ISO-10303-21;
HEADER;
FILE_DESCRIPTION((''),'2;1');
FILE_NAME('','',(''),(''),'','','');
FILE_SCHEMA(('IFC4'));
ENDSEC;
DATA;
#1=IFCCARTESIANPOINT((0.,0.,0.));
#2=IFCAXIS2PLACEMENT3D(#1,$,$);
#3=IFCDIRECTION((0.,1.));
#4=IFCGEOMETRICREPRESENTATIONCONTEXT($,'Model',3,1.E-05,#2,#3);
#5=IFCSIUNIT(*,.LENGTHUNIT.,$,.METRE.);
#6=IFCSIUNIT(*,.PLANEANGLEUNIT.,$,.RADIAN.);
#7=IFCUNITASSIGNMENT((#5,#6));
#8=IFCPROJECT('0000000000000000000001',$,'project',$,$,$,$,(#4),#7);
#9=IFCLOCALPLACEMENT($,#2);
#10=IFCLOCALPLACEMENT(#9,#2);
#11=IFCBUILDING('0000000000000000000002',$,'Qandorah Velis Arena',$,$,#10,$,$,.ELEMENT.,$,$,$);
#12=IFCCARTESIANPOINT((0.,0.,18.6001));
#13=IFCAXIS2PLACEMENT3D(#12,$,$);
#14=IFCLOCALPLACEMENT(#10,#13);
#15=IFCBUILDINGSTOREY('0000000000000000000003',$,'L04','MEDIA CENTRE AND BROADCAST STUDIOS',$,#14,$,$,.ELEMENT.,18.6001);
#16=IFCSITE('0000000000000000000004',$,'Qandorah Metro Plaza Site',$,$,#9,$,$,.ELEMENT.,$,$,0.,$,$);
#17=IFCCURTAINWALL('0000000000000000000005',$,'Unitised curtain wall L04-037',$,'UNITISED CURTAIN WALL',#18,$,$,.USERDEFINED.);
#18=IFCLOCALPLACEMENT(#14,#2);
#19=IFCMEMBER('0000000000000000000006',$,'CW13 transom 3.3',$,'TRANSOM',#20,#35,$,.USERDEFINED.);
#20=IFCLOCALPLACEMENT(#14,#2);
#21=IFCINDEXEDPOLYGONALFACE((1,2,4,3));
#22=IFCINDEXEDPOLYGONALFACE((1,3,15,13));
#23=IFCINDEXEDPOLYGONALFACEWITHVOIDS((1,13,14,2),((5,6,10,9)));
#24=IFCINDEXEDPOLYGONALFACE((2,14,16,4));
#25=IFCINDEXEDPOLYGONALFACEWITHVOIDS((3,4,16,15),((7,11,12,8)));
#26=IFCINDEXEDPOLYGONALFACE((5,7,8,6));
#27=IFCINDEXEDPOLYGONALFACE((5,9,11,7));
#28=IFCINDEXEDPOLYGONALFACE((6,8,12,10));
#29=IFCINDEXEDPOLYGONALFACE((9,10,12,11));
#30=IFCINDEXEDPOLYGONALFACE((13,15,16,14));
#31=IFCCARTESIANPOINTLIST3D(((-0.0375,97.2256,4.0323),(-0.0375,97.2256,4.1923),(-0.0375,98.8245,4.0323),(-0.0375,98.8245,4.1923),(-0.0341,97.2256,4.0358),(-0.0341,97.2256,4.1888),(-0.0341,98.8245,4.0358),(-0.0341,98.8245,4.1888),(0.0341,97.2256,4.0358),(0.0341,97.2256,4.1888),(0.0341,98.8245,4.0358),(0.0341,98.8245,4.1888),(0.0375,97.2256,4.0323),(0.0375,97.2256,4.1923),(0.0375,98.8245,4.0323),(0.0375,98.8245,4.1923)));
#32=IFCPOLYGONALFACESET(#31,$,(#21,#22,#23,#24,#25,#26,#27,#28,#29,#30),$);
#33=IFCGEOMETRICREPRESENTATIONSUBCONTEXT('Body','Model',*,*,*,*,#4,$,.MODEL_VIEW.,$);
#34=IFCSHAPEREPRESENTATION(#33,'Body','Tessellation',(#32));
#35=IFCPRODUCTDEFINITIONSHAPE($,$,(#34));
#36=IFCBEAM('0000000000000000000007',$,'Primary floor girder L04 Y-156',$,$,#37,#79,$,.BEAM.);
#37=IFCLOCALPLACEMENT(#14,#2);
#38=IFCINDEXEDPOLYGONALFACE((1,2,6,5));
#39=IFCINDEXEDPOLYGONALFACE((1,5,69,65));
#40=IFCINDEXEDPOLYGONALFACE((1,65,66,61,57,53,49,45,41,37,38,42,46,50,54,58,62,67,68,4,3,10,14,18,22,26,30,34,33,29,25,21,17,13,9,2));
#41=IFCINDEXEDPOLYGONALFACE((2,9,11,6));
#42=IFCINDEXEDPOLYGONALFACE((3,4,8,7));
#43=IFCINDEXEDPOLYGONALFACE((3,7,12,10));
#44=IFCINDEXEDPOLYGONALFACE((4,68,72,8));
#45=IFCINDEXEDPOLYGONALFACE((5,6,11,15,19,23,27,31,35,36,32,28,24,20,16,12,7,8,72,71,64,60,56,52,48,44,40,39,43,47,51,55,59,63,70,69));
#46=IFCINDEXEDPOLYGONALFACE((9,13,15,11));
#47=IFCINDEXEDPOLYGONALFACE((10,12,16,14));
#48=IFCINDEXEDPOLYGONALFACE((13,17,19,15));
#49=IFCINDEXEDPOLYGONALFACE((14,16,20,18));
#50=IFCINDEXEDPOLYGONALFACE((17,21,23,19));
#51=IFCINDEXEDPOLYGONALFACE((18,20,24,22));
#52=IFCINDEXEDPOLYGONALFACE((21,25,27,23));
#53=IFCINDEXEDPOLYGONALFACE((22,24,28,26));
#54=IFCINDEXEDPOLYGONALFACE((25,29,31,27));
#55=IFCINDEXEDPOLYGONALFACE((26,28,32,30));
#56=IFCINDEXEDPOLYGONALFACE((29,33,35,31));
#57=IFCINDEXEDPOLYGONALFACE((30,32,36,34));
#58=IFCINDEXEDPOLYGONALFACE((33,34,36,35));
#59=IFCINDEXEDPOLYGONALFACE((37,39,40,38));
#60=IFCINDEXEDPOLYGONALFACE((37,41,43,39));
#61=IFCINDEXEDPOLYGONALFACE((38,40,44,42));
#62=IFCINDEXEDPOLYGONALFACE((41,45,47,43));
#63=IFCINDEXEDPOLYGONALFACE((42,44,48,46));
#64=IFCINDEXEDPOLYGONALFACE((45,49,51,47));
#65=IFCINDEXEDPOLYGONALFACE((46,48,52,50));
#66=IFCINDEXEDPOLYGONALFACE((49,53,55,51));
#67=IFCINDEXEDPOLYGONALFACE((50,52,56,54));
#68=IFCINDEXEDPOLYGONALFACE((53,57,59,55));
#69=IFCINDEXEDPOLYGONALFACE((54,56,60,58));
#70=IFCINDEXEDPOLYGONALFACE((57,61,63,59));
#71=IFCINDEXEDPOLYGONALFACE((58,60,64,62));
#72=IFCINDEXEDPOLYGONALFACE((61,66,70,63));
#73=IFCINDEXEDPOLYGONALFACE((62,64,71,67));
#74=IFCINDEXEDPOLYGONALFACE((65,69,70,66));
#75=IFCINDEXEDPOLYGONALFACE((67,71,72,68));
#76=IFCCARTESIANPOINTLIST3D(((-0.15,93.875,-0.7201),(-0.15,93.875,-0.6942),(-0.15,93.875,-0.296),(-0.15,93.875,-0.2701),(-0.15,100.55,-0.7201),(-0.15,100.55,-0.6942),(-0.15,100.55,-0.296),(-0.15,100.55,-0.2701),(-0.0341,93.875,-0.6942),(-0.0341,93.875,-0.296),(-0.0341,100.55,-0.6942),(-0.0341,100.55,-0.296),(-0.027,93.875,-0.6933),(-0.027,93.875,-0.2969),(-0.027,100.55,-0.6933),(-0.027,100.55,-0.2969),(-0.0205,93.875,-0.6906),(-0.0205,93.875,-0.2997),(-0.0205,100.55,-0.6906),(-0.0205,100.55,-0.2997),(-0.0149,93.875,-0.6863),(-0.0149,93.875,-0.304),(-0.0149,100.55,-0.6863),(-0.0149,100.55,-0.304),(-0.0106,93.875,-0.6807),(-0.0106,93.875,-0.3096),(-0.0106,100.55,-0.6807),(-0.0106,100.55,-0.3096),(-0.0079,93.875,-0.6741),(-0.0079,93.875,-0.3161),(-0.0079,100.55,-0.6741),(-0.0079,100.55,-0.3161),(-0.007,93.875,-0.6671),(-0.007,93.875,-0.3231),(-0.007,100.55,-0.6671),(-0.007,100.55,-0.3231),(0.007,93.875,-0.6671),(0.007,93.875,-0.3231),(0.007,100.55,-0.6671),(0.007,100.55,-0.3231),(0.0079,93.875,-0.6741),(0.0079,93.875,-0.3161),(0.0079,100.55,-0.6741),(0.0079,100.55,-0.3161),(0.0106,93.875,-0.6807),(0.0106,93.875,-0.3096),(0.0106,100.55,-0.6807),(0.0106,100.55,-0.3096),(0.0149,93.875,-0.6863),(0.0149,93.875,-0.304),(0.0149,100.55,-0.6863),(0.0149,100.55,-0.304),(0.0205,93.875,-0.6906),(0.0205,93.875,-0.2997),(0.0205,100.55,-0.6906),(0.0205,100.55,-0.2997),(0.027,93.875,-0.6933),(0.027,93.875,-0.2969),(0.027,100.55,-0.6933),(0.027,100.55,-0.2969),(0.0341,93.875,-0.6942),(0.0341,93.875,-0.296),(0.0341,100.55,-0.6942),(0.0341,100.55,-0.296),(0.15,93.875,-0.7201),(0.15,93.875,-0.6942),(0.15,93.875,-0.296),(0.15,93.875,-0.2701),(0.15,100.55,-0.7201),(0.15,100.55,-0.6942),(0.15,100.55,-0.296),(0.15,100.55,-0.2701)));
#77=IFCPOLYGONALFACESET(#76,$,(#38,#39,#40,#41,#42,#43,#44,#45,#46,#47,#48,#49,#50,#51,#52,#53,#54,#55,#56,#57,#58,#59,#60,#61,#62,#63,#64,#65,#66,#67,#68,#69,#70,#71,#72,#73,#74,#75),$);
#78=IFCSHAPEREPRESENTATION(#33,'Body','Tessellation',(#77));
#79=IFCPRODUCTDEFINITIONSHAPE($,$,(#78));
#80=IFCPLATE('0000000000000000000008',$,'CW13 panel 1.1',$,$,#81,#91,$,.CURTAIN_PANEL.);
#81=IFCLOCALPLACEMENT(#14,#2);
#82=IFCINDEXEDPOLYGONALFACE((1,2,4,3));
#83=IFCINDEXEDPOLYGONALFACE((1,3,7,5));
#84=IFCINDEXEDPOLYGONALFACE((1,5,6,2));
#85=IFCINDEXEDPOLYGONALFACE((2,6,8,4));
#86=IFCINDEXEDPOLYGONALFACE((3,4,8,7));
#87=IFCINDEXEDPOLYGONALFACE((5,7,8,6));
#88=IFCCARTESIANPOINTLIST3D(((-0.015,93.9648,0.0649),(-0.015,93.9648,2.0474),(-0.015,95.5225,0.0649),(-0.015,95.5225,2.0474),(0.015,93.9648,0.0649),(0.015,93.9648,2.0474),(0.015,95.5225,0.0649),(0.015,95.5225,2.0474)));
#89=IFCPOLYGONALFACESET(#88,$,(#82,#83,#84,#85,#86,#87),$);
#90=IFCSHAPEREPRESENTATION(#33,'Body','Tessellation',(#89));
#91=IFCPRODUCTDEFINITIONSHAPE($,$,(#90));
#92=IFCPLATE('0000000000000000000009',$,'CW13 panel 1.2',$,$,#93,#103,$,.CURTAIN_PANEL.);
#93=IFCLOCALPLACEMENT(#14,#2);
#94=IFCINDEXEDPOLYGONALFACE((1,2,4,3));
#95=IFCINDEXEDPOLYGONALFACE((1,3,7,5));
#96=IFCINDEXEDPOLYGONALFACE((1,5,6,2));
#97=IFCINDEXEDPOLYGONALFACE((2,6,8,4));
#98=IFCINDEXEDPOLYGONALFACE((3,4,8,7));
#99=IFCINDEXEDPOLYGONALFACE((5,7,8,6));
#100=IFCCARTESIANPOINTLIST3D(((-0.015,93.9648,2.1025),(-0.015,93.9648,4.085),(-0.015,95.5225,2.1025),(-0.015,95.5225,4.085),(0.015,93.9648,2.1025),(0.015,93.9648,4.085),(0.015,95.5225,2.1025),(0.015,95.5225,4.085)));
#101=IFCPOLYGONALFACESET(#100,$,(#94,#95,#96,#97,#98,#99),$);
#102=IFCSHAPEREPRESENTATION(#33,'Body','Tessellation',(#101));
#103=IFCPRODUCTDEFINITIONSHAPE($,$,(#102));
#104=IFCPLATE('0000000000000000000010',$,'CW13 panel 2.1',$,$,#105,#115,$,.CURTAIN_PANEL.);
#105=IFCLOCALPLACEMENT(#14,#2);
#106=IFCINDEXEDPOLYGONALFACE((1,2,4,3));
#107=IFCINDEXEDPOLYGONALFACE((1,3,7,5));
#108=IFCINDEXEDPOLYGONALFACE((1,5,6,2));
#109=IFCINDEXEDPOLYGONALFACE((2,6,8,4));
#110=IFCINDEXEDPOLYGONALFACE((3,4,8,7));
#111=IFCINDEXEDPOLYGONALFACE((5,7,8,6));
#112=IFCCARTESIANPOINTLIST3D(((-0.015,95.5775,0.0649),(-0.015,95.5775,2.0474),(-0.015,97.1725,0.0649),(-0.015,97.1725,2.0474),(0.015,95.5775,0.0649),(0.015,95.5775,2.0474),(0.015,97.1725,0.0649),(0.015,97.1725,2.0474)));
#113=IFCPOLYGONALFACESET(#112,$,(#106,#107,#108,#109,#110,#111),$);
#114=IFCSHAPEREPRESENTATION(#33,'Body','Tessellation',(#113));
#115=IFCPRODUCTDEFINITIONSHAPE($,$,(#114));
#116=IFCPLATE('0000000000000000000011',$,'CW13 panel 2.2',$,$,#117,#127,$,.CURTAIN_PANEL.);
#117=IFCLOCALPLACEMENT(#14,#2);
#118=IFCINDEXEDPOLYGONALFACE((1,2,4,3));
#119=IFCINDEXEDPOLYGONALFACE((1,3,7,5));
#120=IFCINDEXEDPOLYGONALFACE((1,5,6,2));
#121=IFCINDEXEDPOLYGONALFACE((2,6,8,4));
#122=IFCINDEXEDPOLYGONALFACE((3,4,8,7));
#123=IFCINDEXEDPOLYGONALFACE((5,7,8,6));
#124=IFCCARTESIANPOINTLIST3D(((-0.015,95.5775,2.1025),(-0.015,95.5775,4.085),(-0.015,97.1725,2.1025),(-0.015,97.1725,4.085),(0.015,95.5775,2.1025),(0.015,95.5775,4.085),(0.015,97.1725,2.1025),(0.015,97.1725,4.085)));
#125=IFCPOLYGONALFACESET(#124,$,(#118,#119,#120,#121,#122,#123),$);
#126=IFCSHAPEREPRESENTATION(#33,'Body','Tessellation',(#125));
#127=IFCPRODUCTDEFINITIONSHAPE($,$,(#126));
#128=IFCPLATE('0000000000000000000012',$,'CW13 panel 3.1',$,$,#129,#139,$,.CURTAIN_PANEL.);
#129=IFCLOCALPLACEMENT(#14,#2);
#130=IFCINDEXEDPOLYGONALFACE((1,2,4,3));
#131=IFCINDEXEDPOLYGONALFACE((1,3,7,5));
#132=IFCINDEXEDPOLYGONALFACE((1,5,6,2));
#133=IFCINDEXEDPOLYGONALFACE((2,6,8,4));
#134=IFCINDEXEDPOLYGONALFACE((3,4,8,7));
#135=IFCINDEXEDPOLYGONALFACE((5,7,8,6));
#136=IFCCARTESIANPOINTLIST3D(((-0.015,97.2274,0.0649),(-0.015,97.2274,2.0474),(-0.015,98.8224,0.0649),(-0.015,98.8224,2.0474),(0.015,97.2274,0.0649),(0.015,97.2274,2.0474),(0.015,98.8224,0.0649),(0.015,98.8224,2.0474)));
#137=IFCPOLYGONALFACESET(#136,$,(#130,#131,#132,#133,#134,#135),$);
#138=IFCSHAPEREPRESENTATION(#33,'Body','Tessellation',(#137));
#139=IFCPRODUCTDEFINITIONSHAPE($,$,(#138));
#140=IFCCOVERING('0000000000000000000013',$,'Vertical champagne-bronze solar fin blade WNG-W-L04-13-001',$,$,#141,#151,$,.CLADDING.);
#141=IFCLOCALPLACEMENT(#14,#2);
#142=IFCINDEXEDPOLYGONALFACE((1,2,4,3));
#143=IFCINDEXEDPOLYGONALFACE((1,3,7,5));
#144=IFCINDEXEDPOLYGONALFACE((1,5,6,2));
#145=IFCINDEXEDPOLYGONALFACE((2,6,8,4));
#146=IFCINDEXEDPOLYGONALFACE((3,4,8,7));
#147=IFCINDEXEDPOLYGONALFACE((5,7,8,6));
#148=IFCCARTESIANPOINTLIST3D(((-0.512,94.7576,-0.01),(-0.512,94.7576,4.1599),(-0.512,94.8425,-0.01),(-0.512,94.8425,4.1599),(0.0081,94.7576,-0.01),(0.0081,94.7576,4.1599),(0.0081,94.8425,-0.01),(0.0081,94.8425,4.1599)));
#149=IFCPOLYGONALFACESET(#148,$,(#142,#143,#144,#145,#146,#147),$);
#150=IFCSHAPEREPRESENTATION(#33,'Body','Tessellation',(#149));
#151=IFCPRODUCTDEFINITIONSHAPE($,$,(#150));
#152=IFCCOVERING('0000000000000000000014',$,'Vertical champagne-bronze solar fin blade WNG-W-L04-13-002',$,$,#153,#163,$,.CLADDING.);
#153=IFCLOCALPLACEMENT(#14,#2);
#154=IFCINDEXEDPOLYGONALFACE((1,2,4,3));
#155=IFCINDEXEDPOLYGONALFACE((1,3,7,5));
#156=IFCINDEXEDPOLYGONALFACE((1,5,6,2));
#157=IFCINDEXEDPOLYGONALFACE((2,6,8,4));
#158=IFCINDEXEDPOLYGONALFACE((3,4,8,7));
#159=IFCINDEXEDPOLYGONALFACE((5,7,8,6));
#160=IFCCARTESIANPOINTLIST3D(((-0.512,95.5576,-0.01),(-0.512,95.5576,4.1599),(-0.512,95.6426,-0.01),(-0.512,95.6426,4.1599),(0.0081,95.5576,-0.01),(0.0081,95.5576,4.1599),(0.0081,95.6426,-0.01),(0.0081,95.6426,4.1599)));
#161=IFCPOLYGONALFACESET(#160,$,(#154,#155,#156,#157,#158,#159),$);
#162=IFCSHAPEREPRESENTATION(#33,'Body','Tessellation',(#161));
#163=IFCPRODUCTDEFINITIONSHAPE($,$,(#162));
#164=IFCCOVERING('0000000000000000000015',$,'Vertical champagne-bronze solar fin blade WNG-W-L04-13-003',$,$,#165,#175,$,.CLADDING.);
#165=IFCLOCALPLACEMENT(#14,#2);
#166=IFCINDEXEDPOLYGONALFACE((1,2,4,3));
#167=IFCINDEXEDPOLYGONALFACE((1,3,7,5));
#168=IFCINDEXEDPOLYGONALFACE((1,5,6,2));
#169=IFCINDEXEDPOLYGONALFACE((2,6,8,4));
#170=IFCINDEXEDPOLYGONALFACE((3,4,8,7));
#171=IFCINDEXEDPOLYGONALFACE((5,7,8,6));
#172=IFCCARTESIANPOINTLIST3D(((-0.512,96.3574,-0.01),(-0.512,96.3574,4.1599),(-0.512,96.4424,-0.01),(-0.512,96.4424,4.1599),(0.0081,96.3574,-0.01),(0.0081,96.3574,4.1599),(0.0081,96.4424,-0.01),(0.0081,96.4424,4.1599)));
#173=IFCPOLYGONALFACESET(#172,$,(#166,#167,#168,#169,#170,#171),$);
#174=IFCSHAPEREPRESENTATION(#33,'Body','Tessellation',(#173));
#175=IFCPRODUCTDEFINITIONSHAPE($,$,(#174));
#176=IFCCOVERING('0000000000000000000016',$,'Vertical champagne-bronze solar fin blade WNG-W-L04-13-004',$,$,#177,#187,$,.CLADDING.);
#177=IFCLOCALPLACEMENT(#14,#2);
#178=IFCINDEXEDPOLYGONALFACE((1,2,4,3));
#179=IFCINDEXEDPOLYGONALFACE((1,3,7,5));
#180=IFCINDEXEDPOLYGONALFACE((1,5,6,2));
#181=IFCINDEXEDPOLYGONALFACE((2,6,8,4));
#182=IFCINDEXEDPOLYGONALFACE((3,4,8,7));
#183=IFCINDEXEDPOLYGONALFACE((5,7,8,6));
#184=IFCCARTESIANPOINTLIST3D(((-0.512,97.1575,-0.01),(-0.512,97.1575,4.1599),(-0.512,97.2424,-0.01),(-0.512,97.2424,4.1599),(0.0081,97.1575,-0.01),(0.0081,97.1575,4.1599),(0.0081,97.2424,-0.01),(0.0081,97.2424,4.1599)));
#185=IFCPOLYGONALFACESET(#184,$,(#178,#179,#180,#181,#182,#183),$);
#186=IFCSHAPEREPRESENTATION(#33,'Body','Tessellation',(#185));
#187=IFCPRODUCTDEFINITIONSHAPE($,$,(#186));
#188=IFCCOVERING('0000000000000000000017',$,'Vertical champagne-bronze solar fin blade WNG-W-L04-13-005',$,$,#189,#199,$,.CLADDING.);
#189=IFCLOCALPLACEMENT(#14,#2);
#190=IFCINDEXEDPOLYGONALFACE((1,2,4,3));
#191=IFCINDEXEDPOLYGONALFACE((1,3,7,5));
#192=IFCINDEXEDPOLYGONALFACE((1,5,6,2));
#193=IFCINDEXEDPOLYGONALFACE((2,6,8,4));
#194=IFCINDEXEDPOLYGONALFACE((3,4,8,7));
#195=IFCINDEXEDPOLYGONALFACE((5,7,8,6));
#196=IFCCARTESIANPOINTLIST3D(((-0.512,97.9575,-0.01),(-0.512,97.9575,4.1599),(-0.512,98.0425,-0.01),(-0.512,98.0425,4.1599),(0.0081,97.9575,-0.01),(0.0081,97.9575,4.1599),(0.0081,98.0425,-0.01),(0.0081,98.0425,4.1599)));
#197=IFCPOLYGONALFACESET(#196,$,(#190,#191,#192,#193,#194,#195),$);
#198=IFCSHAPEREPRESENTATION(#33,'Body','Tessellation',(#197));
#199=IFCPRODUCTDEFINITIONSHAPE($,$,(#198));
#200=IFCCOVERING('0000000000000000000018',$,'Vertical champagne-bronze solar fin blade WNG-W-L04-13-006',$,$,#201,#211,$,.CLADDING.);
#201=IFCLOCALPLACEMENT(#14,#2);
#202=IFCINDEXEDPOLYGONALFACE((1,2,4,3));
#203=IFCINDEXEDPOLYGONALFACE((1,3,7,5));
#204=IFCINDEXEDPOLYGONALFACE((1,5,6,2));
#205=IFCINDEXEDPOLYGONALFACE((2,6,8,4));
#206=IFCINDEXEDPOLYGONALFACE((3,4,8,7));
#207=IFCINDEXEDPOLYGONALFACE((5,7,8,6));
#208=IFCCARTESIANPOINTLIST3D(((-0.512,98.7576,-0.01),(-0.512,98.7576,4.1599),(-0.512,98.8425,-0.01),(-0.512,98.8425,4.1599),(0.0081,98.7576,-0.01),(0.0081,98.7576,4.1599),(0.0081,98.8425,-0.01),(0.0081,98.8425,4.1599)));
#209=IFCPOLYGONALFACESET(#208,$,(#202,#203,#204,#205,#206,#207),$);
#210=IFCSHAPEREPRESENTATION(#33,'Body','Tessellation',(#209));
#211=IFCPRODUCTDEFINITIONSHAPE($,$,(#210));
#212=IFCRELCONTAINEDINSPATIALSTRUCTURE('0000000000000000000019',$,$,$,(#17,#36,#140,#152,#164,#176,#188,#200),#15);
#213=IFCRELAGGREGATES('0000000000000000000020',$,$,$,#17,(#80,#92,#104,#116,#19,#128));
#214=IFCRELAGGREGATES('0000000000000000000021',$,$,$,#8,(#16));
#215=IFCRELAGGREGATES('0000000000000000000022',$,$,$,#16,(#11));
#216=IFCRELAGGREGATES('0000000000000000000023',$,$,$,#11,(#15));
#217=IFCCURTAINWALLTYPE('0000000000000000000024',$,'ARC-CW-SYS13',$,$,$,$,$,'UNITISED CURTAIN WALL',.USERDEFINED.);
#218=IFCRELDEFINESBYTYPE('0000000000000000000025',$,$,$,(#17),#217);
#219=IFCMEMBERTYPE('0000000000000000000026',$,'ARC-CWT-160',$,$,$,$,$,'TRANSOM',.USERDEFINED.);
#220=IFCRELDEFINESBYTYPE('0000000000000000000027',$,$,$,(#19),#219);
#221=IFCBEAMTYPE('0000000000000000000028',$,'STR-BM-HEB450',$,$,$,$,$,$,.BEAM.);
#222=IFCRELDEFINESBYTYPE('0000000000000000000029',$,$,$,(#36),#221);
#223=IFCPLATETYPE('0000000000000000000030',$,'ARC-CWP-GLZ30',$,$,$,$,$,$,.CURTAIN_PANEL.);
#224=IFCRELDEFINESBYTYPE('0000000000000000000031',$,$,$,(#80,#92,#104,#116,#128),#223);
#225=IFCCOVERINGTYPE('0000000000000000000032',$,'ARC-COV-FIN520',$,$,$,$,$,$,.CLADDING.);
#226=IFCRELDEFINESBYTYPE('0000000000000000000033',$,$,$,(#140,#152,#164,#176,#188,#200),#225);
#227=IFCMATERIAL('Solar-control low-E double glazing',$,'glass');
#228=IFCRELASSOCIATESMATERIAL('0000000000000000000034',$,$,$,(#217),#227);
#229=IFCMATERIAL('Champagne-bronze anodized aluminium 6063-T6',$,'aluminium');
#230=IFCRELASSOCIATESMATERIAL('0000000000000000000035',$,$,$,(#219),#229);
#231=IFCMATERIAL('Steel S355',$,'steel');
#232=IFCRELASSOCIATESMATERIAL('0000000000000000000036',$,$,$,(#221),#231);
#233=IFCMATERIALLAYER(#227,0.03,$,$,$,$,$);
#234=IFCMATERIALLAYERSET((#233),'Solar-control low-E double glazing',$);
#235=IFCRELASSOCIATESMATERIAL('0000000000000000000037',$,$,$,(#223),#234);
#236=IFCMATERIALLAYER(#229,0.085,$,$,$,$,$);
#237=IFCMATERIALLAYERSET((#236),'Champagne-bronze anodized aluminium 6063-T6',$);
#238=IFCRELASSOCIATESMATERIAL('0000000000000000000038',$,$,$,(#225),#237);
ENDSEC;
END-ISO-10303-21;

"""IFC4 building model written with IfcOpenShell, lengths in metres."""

from ifc_helpers import new_model, si_unit, direction, frame, origin, origin_2d, place, context, subcontext, project, spatial, rectangle, hollow_rectangle, i_section, extrude, material, layer, layer_set, material_profile, profile_set, type_object, element, aggregate, save


model = new_model("IFC4")

# Units and contexts
model_context = context("Model", 3, precision=1e-05, world=origin(), true_north=direction((0.0, 1.0)))
body_context = subcontext(model_context, "Body", "Model", "MODEL_VIEW")
ifc_project = project(units=[si_unit("LENGTHUNIT", "METRE"), si_unit("PLANEANGLEUNIT", "RADIAN")], contexts=[model_context])

# Site, building, storey
site_placement = place(None, origin())
site = spatial("IfcSite", under=ifc_project, at=site_placement, Name="Qandorah Metro Plaza Site", CompositionType="ELEMENT", RefElevation=0.0)
building_placement = place(site_placement, origin())
building = spatial("IfcBuilding", under=site, at=building_placement, Name="Qandorah Velis Arena", CompositionType="ELEMENT")
storey_placement = place(building_placement, frame((0.0, 0.0, 18.6001)))
storey = spatial("IfcBuildingStorey", under=building, at=storey_placement, Name="L04", Description="MEDIA CENTRE AND BROADCAST STUDIOS", CompositionType="ELEMENT", Elevation=18.6001)

# Curtain wall, member
ifc_material_1 = material(Name="Solar-control low-E double glazing", Category="glass")
curtain_wall_type = type_object("IfcCurtainWallType", Name="ARC-CW-SYS13", ElementType="UNITISED CURTAIN WALL", PredefinedType="USERDEFINED", material=ifc_material_1)
curtain_wall_placement = place(storey_placement, origin())
curtain_wall = element("IfcCurtainWall", 1, at=curtain_wall_placement, inside=storey, type_object=curtain_wall_type, Name="Unitised curtain wall L04-037", ObjectType="UNITISED CURTAIN WALL", PredefinedType="USERDEFINED")
ifc_material_2 = material(Name="Champagne-bronze anodized aluminium 6063-T6", Category="aluminium")
ifc_material_profile_1 = material_profile(ifc_material_2, hollow_rectangle(XDim=0.075, YDim=0.1599, WallThickness=0.0034, at=origin_2d()), Name="ALU TRANSOM 75x160")
ifc_profile_set_1 = profile_set([ifc_material_profile_1], Name="Champagne-bronze anodized aluminium 6063-T6")
member_type_1 = type_object("IfcMemberType", Name="ARC-CWT-160", ElementType="TRANSOM", PredefinedType="USERDEFINED", material=ifc_profile_set_1)
member_1_placement = place(storey_placement, frame((0.0, 97.2256, 4.1123), z_axis=(0.0, 1.0, 0.0), x_axis=(-1.0, 0.0, 0.0)))
member_1 = element("IfcMember", 2, at=member_1_placement, type_object=member_type_1, Name="CW13 transom 3.3", ObjectType="TRANSOM", PredefinedType="USERDEFINED", context=body_context, shape_type="SweptSolid", body=[
    extrude(hollow_rectangle(XDim=0.075, YDim=0.1599, WallThickness=0.0034, at=origin_2d()), origin(), (0.0, 0.0, 1.0), 1.5989),
])

# Beam
ifc_material_3 = material(Name="Steel S355", Category="steel")
ifc_material_profile_2 = material_profile(ifc_material_3, i_section(OverallWidth=0.3, OverallDepth=0.45, WebThickness=0.0139, FlangeThickness=0.0259, FilletRadius=0.0271, at=origin_2d()), Name="HEB 450")
ifc_profile_set_2 = profile_set([ifc_material_profile_2], Name="Steel S355")
beam_type = type_object("IfcBeamType", Name="STR-BM-HEB450", PredefinedType="BEAM", material=ifc_profile_set_2)
beam_placement = place(storey_placement, frame((0.0, 93.875, -0.4951), z_axis=(0.0, 1.0, 0.0), x_axis=(-1.0, 0.0, 0.0)))
element("IfcBeam", 3, at=beam_placement, inside=storey, type_object=beam_type, Name="Primary floor girder L04 Y-156", PredefinedType="BEAM", context=body_context, shape_type="SweptSolid", body=[
    extrude(i_section(OverallWidth=0.3, OverallDepth=0.45, WebThickness=0.0139, FlangeThickness=0.0259, FilletRadius=0.0271, at=origin_2d()), origin(), (0.0, 0.0, 1.0), 6.675),
])

# Plates
ifc_layer_1 = layer(ifc_material_1, 0.03)
ifc_layer_set_1 = layer_set([ifc_layer_1], Name="Solar-control low-E double glazing")
plate_type = type_object("IfcPlateType", Name="ARC-CWP-GLZ30", PredefinedType="CURTAIN_PANEL", material=ifc_layer_set_1)
plate_1_placement = place(storey_placement, frame((0.0, 94.7437, 0.0649), z_axis=(0.0, 0.0, 1.0), x_axis=(0.0, 1.0, 0.0)))
plate_1 = element("IfcPlate", 4, at=plate_1_placement, type_object=plate_type, Name="CW13 panel 1.1", PredefinedType="CURTAIN_PANEL", context=body_context, shape_type="SweptSolid", body=[
    extrude(rectangle(XDim=1.5576, YDim=0.03, at=origin_2d()), origin(), (0.0, 0.0, 1.0), 1.9824),
])
plate_2_placement = place(storey_placement, frame((0.0, 94.7437, 2.1025), z_axis=(0.0, 0.0, 1.0), x_axis=(0.0, 1.0, 0.0)))
plate_2 = element("IfcPlate", 5, at=plate_2_placement, type_object=plate_type, Name="CW13 panel 1.2", PredefinedType="CURTAIN_PANEL", context=body_context, shape_type="SweptSolid", body=[
    extrude(rectangle(XDim=1.5576, YDim=0.03, at=origin_2d()), origin(), (0.0, 0.0, 1.0), 1.9824),
])
plate_3_placement = place(storey_placement, frame((0.0, 96.375, 0.0649), z_axis=(0.0, 0.0, 1.0), x_axis=(0.0, 1.0, 0.0)))
plate_3 = element("IfcPlate", 6, at=plate_3_placement, type_object=plate_type, Name="CW13 panel 2.1", PredefinedType="CURTAIN_PANEL", context=body_context, shape_type="SweptSolid", body=[
    extrude(rectangle(XDim=1.595, YDim=0.03, at=origin_2d()), origin(), (0.0, 0.0, 1.0), 1.9824),
])
plate_4_placement = place(storey_placement, frame((0.0, 96.375, 2.1025), z_axis=(0.0, 0.0, 1.0), x_axis=(0.0, 1.0, 0.0)))
plate_4 = element("IfcPlate", 7, at=plate_4_placement, type_object=plate_type, Name="CW13 panel 2.2", PredefinedType="CURTAIN_PANEL", context=body_context, shape_type="SweptSolid", body=[
    extrude(rectangle(XDim=1.595, YDim=0.03, at=origin_2d()), origin(), (0.0, 0.0, 1.0), 1.9824),
])
plate_5_placement = place(storey_placement, frame((0.0, 98.0249, 0.0649), z_axis=(0.0, 0.0, 1.0), x_axis=(0.0, 1.0, 0.0)))
plate_5 = element("IfcPlate", 8, at=plate_5_placement, type_object=plate_type, Name="CW13 panel 3.1", PredefinedType="CURTAIN_PANEL", context=body_context, shape_type="SweptSolid", body=[
    extrude(rectangle(XDim=1.595, YDim=0.03, at=origin_2d()), origin(), (0.0, 0.0, 1.0), 1.9824),
])
aggregate(curtain_wall, [plate_1, plate_2, plate_3, plate_4, member_1, plate_5])

# Coverings
ifc_layer_2 = layer(ifc_material_2, 0.085)
ifc_layer_set_2 = layer_set([ifc_layer_2], Name="Champagne-bronze anodized aluminium 6063-T6")
covering_type = type_object("IfcCoveringType", Name="ARC-COV-FIN520", PredefinedType="CLADDING", material=ifc_layer_set_2)
for number, where, z_axis, x_axis, name in (
    (9, (-0.252, 94.8, -0.01), (0.0, 0.0, 1.0), (1.0, 0.0, 0.0), "Vertical champagne-bronze solar fin blade WNG-W-L04-13-001"),
    (10, (-0.252, 95.6001, -0.01), (0.0, 0.0, 1.0), (1.0, 0.0, 0.0), "Vertical champagne-bronze solar fin blade WNG-W-L04-13-002"),
    (11, (-0.252, 96.3999, -0.01), (0.0, 0.0, 1.0), (1.0, 0.0, 0.0), "Vertical champagne-bronze solar fin blade WNG-W-L04-13-003"),
    (12, (-0.252, 97.2, -0.01), (0.0, 0.0, 1.0), (1.0, 0.0, 0.0), "Vertical champagne-bronze solar fin blade WNG-W-L04-13-004"),
    (13, (-0.252, 98.0, -0.01), (0.0, 0.0, 1.0), (1.0, 0.0, 0.0), "Vertical champagne-bronze solar fin blade WNG-W-L04-13-005"),
    (14, (-0.252, 98.8, -0.01), (0.0, 0.0, 1.0), (1.0, 0.0, 0.0), "Vertical champagne-bronze solar fin blade WNG-W-L04-13-006"),
):
    element("IfcCovering", number, at=place(storey_placement, frame(where, z_axis=z_axis, x_axis=x_axis)), inside=storey, type_object=covering_type, Name=name, PredefinedType="CLADDING", context=body_context, shape_type="SweptSolid", body=[
        extrude(rectangle(XDim=0.52, YDim=0.085, at=origin_2d()), origin(), (0.0, 0.0, 1.0), 4.1699),
    ])

save(model, "model.ifc")
